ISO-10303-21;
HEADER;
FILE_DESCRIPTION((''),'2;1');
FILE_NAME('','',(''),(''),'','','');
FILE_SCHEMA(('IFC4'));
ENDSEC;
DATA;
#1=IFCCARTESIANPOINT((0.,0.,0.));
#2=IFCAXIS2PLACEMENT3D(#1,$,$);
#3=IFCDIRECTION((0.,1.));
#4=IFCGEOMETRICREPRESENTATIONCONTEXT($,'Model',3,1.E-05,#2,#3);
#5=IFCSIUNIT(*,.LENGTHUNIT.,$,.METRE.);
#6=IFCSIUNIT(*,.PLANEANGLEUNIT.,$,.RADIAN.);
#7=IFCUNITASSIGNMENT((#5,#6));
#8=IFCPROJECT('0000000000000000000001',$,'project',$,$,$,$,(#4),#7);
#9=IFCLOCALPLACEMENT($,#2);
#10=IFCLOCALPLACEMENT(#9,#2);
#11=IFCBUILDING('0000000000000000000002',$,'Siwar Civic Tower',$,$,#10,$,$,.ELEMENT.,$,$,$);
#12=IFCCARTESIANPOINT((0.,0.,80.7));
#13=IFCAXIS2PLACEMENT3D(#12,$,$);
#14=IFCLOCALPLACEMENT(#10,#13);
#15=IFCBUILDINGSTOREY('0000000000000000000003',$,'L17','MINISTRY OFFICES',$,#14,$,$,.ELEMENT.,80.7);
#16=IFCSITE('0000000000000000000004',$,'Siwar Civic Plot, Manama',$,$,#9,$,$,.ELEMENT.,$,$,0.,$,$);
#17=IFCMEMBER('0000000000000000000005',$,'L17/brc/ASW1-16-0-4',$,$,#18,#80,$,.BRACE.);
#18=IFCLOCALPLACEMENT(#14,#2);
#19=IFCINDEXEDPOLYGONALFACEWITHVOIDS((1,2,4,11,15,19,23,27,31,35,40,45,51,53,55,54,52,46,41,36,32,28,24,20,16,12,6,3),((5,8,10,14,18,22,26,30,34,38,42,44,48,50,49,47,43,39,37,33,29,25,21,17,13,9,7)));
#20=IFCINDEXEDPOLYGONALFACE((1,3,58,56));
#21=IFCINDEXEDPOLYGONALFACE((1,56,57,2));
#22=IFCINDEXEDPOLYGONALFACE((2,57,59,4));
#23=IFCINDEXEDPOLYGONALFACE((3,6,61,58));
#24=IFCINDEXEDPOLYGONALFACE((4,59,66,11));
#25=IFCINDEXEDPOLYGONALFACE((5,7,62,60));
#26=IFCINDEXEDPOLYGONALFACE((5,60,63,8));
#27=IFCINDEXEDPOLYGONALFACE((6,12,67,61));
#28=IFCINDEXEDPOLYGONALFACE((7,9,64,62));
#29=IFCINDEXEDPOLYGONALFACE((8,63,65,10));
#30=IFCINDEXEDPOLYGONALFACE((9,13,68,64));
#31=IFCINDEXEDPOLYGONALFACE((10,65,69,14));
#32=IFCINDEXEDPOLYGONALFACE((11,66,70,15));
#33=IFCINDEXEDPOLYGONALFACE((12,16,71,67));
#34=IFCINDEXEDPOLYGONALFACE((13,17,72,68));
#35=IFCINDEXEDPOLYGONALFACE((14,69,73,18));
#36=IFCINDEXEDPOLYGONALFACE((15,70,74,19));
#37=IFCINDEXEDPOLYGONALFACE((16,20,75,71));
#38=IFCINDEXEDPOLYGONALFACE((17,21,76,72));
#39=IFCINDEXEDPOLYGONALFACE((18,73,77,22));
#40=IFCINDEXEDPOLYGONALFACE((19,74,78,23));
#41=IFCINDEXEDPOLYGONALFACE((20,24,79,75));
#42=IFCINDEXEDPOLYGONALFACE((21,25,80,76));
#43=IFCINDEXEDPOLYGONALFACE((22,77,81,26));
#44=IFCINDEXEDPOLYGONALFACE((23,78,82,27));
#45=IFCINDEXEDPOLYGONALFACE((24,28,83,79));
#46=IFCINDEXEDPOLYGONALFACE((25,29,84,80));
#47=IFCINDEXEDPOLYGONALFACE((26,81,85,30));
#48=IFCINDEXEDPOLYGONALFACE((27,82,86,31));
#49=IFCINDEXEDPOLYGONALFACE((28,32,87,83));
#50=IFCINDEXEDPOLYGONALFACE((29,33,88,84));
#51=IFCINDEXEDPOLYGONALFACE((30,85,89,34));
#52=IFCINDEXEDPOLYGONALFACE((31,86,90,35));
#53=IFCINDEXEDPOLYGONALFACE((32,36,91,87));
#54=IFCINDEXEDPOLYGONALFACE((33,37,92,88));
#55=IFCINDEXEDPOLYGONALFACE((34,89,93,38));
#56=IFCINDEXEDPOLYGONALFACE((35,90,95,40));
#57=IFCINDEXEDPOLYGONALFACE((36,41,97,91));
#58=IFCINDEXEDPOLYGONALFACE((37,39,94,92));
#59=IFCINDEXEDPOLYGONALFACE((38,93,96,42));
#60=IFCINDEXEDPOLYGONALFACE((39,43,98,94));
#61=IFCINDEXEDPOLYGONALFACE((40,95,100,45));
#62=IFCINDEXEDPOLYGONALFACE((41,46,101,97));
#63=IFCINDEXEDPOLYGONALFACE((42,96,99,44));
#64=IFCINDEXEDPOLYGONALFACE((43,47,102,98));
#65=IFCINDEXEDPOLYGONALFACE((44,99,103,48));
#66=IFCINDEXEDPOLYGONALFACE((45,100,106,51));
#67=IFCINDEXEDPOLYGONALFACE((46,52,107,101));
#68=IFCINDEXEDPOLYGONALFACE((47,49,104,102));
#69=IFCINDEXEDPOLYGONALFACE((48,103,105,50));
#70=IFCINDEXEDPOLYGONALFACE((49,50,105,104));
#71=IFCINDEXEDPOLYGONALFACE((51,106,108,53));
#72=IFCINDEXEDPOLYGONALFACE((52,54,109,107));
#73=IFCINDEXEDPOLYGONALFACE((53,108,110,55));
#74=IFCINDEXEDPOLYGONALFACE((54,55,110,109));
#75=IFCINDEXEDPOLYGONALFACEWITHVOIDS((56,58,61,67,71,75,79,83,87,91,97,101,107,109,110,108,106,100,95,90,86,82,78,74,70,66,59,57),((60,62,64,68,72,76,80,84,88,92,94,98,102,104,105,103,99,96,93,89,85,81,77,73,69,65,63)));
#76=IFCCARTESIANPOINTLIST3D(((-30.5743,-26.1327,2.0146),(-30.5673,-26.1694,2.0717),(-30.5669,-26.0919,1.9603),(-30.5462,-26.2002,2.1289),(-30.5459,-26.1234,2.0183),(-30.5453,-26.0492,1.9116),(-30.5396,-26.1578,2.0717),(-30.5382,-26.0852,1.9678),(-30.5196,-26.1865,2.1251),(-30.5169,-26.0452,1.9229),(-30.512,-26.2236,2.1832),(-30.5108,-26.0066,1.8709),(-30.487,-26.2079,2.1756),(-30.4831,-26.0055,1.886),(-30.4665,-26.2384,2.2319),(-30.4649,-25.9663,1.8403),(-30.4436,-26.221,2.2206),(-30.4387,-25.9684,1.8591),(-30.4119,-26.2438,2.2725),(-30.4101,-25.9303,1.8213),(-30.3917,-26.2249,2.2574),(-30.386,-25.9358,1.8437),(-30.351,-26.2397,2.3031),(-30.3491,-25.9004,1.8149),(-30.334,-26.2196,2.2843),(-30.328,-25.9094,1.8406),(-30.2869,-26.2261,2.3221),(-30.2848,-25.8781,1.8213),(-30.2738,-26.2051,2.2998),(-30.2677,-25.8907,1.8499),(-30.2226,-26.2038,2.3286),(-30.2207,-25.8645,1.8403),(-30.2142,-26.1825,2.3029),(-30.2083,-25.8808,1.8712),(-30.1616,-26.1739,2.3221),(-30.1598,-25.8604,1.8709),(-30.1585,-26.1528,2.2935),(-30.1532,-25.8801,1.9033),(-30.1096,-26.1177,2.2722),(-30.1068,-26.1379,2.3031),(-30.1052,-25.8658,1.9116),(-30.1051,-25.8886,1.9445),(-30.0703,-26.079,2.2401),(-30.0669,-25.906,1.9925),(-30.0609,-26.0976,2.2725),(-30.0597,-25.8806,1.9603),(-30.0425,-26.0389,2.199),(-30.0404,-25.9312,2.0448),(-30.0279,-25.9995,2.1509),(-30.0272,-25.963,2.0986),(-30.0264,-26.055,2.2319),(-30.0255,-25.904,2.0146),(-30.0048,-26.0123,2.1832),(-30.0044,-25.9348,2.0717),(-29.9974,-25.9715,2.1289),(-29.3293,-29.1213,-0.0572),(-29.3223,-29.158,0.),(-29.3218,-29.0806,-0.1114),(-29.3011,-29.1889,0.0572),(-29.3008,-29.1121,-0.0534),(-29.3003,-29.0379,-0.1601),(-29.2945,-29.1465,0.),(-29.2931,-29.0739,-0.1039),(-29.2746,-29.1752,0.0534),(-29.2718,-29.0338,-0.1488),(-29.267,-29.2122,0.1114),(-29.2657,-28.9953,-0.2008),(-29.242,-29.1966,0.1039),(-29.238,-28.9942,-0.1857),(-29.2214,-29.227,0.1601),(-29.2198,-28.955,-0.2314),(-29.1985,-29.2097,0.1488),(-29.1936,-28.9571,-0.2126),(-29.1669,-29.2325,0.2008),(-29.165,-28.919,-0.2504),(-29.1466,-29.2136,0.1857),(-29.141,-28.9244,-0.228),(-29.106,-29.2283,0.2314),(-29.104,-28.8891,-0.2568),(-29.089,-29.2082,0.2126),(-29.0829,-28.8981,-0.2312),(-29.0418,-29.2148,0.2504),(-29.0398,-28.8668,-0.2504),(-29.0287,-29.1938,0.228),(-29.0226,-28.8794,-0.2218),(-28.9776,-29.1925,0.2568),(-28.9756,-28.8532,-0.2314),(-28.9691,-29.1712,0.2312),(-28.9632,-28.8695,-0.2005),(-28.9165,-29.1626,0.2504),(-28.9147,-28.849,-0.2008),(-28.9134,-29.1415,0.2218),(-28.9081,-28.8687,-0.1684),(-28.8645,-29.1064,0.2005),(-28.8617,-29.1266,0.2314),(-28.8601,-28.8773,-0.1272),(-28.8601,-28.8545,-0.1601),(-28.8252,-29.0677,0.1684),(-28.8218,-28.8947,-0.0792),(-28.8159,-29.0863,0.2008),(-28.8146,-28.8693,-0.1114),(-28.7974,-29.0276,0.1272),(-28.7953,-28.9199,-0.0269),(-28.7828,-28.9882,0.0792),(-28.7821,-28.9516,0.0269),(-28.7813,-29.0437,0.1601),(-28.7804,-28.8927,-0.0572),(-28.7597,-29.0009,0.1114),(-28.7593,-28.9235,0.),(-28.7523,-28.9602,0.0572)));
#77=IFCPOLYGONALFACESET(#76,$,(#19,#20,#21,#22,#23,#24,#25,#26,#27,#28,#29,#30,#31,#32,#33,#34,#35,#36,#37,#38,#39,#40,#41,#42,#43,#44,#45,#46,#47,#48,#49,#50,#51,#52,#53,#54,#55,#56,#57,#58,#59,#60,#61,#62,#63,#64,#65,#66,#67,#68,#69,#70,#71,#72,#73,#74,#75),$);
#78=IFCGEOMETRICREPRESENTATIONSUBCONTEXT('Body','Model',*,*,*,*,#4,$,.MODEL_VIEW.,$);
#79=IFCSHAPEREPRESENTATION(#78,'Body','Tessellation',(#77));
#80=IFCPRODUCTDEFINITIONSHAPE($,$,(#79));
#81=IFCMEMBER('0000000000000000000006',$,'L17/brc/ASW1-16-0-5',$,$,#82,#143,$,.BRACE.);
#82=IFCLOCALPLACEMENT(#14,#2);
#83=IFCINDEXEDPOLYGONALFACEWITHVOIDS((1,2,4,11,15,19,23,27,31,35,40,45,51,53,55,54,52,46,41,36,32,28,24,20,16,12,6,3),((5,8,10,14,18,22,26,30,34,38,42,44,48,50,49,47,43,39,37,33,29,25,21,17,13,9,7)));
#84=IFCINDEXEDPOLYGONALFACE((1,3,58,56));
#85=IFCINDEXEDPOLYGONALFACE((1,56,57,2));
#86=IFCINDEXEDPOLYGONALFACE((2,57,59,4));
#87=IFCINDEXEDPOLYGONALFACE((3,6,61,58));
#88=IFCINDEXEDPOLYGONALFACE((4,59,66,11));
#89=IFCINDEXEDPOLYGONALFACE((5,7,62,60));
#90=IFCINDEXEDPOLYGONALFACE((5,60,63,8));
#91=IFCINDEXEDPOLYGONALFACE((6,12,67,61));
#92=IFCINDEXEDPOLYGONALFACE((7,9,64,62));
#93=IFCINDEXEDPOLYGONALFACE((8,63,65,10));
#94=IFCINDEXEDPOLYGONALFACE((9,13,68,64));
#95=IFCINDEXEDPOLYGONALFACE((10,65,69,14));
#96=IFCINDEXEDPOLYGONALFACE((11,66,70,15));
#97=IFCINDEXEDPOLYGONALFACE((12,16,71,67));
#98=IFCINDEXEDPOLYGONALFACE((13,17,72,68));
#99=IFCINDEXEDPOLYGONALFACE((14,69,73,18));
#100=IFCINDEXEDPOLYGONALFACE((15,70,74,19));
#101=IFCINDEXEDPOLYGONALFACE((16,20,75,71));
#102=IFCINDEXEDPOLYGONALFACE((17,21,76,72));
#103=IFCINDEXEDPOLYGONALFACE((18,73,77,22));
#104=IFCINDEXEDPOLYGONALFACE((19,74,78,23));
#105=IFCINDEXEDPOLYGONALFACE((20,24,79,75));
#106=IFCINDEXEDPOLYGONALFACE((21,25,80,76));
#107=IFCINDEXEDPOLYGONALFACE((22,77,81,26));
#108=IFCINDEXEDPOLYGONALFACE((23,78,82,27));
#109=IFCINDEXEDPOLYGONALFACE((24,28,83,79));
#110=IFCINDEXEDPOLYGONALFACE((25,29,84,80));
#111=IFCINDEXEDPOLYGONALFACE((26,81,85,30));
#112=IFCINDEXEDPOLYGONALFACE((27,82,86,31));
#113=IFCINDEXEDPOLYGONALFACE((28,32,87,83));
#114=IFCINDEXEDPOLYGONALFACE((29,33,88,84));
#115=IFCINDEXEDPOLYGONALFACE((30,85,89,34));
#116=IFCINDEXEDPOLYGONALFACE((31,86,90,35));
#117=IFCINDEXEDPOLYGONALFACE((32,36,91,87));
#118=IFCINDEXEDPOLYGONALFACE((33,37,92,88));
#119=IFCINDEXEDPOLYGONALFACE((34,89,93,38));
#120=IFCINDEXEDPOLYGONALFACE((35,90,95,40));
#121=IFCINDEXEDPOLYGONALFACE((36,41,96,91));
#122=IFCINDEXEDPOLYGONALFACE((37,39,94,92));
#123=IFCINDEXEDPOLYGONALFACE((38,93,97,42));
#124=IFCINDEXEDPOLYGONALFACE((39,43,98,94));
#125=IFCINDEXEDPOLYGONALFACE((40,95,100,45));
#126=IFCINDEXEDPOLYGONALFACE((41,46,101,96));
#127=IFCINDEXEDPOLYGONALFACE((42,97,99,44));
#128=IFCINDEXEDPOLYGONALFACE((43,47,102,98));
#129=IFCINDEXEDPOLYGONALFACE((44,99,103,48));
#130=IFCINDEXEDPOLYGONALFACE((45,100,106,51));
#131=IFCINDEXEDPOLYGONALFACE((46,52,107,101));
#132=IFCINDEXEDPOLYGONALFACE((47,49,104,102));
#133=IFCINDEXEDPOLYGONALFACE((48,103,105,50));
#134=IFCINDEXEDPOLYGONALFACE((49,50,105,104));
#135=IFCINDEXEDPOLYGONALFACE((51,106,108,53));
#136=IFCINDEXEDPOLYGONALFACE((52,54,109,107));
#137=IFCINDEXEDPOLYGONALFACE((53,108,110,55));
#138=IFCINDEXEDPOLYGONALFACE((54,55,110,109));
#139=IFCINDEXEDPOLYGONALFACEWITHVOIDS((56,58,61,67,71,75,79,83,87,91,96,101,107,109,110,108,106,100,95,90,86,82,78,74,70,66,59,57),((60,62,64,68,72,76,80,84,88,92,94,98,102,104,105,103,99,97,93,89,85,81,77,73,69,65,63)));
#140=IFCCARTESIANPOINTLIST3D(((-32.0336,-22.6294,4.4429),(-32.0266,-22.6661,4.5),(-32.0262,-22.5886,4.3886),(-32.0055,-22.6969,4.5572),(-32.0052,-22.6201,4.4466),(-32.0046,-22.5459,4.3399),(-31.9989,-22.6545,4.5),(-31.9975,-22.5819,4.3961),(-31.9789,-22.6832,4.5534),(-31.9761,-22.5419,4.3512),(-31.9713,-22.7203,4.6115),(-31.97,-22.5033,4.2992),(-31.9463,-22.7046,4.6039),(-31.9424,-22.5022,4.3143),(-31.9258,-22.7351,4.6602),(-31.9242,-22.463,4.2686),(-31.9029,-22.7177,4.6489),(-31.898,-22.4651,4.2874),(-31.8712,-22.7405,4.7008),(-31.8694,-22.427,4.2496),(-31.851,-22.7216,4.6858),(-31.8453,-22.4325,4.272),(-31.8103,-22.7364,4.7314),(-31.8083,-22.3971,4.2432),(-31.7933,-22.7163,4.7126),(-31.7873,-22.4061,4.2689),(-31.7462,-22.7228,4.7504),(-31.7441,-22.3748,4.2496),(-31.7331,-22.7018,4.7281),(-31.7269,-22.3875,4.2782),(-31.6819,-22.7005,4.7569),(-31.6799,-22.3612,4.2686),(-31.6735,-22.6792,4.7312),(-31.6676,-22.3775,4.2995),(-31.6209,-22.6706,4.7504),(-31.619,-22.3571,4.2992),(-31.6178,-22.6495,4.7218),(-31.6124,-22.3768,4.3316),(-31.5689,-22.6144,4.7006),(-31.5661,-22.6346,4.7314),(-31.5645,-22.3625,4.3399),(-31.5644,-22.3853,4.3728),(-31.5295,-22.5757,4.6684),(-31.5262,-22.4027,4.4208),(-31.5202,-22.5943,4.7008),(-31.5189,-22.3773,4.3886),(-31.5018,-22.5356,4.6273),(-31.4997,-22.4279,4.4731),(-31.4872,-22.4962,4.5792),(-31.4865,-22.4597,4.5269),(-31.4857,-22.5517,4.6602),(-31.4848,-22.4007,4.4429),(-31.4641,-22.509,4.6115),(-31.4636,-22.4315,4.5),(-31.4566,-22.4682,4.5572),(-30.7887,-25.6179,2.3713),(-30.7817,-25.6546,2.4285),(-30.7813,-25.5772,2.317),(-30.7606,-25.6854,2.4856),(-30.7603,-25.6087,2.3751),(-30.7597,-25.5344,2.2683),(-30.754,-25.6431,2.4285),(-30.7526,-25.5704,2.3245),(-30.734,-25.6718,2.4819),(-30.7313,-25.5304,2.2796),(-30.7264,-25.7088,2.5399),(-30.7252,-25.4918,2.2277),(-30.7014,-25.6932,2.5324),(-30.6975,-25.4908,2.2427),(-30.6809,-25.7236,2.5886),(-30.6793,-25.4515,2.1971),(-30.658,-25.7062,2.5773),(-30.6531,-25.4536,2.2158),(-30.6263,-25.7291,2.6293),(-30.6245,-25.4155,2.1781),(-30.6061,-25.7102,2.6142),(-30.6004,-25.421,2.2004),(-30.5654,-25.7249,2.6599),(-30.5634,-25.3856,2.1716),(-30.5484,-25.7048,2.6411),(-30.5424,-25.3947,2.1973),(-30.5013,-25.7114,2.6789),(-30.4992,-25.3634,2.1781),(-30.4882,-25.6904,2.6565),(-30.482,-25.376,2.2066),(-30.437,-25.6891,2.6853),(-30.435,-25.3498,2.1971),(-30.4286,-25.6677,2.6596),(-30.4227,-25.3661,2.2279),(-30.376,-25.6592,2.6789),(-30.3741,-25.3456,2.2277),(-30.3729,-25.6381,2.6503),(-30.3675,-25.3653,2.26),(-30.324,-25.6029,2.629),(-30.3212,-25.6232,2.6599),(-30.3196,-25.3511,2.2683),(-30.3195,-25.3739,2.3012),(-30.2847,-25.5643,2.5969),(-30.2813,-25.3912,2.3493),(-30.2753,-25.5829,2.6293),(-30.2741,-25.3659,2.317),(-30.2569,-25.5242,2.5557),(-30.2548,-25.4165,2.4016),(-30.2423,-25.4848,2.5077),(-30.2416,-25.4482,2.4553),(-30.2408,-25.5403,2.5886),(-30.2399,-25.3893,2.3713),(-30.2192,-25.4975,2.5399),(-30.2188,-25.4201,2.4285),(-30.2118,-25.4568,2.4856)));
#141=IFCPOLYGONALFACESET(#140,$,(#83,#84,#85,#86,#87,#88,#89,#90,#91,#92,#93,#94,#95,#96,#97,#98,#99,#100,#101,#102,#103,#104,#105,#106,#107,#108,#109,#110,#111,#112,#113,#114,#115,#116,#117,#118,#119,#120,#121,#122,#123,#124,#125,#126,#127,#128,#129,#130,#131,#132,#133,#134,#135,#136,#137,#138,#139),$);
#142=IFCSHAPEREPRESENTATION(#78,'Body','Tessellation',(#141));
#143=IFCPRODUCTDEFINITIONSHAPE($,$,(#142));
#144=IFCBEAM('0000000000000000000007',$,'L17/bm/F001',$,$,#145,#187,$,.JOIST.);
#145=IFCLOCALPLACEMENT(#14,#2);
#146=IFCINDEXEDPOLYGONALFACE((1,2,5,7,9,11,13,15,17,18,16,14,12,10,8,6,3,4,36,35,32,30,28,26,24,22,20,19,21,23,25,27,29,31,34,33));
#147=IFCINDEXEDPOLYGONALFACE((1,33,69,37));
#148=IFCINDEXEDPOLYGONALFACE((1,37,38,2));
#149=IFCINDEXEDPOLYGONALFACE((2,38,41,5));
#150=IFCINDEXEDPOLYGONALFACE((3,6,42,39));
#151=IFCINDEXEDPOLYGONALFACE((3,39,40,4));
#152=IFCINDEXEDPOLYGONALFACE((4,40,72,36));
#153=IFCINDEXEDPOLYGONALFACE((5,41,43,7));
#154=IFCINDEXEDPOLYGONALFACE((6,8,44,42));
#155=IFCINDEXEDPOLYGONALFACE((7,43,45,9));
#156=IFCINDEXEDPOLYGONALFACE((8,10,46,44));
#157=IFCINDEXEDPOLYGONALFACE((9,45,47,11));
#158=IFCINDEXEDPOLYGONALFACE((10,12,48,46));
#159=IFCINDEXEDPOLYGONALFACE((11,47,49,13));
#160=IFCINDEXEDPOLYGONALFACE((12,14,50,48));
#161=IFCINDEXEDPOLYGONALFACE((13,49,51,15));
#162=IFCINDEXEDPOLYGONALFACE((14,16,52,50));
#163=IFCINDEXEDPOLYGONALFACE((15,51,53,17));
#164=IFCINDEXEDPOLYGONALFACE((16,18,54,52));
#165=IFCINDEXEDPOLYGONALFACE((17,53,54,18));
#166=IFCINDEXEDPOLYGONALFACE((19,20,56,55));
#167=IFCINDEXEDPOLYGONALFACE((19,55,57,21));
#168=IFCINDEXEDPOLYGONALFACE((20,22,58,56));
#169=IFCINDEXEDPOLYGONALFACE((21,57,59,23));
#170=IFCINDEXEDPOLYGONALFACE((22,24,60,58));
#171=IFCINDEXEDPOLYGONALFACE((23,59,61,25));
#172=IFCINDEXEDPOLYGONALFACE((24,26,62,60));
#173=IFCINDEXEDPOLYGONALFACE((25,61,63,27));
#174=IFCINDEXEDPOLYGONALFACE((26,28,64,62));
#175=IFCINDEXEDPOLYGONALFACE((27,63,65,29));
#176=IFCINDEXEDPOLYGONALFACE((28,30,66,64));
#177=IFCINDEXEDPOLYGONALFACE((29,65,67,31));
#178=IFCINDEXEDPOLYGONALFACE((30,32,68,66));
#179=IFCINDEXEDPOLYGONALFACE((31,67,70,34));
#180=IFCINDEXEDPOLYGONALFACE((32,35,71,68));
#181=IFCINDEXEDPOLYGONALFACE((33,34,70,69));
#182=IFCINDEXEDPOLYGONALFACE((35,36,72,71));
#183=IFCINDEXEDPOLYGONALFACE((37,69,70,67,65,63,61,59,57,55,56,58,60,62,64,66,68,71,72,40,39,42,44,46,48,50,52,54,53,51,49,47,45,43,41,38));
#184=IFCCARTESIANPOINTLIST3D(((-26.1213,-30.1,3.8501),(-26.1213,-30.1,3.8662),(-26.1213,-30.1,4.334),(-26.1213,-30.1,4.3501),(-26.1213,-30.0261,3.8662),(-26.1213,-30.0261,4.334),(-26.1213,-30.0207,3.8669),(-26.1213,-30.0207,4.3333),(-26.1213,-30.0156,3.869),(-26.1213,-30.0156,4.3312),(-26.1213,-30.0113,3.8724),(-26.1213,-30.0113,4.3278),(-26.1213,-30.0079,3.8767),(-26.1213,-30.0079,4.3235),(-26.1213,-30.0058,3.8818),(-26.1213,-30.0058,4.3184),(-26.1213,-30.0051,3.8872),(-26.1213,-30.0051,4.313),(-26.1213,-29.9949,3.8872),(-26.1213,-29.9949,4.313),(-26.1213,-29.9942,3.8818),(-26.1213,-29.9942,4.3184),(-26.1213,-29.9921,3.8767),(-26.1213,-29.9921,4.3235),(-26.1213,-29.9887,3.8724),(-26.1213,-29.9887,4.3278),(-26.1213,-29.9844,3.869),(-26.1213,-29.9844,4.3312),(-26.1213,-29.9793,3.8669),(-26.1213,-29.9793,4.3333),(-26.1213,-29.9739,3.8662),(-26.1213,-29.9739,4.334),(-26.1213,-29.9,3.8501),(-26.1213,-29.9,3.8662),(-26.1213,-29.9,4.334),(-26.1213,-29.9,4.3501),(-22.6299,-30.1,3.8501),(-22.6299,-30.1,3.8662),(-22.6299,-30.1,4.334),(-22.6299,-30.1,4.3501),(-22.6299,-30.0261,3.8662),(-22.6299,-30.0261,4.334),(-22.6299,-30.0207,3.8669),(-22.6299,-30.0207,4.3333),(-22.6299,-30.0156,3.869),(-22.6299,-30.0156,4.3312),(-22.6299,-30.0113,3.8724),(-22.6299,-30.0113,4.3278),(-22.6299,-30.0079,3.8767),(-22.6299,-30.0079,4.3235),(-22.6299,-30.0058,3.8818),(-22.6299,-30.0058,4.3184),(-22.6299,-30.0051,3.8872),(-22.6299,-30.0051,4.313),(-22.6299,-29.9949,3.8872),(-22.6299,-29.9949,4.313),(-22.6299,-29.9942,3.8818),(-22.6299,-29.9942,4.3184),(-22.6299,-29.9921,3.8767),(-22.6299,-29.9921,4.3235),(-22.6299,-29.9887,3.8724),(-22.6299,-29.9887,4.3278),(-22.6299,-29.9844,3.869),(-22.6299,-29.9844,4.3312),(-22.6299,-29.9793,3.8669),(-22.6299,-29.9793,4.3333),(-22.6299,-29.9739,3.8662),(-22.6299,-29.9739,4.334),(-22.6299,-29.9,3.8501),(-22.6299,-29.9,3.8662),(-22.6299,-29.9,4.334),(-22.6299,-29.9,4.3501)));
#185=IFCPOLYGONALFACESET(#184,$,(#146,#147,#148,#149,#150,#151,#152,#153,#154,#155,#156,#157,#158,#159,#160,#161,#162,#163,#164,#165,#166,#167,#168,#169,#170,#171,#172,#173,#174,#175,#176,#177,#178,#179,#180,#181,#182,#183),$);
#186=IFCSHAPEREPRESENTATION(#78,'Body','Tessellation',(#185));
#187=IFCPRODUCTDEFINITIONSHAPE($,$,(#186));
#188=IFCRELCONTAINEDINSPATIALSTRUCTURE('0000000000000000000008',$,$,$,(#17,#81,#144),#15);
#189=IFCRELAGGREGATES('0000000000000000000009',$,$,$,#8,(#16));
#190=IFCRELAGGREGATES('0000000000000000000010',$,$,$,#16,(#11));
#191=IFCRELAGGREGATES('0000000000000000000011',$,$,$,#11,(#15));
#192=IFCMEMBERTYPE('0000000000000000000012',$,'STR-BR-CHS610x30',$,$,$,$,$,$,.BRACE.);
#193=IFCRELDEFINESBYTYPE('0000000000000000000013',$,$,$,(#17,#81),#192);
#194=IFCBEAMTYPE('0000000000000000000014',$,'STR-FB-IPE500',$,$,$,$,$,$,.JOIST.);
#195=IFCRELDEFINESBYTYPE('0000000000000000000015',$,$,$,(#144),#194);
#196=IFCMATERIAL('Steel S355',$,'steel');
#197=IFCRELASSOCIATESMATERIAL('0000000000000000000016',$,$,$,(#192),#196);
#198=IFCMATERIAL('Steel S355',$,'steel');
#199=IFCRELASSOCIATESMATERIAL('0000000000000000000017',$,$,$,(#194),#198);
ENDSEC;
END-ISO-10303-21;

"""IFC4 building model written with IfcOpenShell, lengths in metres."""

from ifc_helpers import new_model, si_unit, direction, frame, origin, origin_2d, place, context, subcontext, project, spatial, hollow_circle, i_section, extrude, material, material_profile, profile_set, type_object, element, save


model = new_model("IFC4")

# Units and contexts
model_context = context("Model", 3, precision=1e-05, world=origin(), true_north=direction((0.0, 1.0)))
body_context = subcontext(model_context, "Body", "Model", "MODEL_VIEW")
ifc_project = project(units=[si_unit("LENGTHUNIT", "METRE"), si_unit("PLANEANGLEUNIT", "RADIAN")], contexts=[model_context])

# Site, building, storey
site_placement = place(None, origin())
site = spatial("IfcSite", under=ifc_project, at=site_placement, Name="Siwar Civic Plot, Manama", CompositionType="ELEMENT", RefElevation=0.0)
building_placement = place(site_placement, origin())
building = spatial("IfcBuilding", under=site, at=building_placement, Name="Siwar Civic Tower", CompositionType="ELEMENT")
storey_placement = place(building_placement, frame((0.0, 0.0, 80.7)))
storey = spatial("IfcBuildingStorey", under=building, at=storey_placement, Name="L17", Description="MINISTRY OFFICES", CompositionType="ELEMENT", Elevation=80.7)

# Members
ifc_material_1 = material(Name="Steel S355", Category="steel")
ifc_material_profile_1 = material_profile(ifc_material_1, hollow_circle(Radius=0.3049, WallThickness=0.03, at=origin_2d()), Name="CHS610x30")
ifc_profile_set_1 = profile_set([ifc_material_profile_1], Name="Steel S355")
member_type_1 = type_object("IfcMemberType", Name="STR-BR-CHS610x30", PredefinedType="BRACE", material=ifc_profile_set_1)
member_1_placement = place(storey_placement, frame((-29.0408, -29.0408, 0.0), z_axis=(-0.323923, 0.777542, 0.538982), x_axis=(-0.923099, -0.384562, 0.0)))
element("IfcMember", 1, at=member_1_placement, inside=storey, type_object=member_type_1, Name="L17/brc/ASW1-16-0-4", PredefinedType="BRACE", context=body_context, shape_type="SweptSolid", body=[
    extrude(hollow_circle(Radius=0.3049, WallThickness=0.03, at=origin_2d()), origin(), (0.0, 0.0, 1.0), 3.8438),
])
member_2_placement = place(storey_placement, frame((-30.5002, -25.5374, 2.4285), z_axis=(-0.323893, 0.77756, 0.538975), x_axis=(-0.923115, -0.384524, 0.0)))
element("IfcMember", 2, at=member_2_placement, inside=storey, type_object=member_type_1, Name="L17/brc/ASW1-16-0-5", PredefinedType="BRACE", context=body_context, shape_type="SweptSolid", body=[
    extrude(hollow_circle(Radius=0.3049, WallThickness=0.03, at=origin_2d()), origin(), (0.0, 0.0, 1.0), 3.8435),
])

# Beam
ifc_material_2 = material(Name="Steel S355", Category="steel")
ifc_material_profile_2 = material_profile(ifc_material_2, i_section(OverallWidth=0.2, OverallDepth=0.5, WebThickness=0.0103, FlangeThickness=0.0161, FilletRadius=0.021, at=origin_2d()), Name="IPE500")
ifc_profile_set_2 = profile_set([ifc_material_profile_2], Name="Steel S355")
beam_type_1 = type_object("IfcBeamType", Name="STR-FB-IPE500", PredefinedType="JOIST", material=ifc_profile_set_2)
beam_1_placement = place(storey_placement, frame((-26.1213, -30.0, 4.1001), z_axis=(1.0, 0.0, 0.0), x_axis=(0.0, 1.0, 0.0)))
element("IfcBeam", 3, at=beam_1_placement, inside=storey, type_object=beam_type_1, Name="L17/bm/F001", PredefinedType="JOIST", context=body_context, shape_type="SweptSolid", body=[
    extrude(i_section(OverallWidth=0.2, OverallDepth=0.5, WebThickness=0.0103, FlangeThickness=0.0161, FilletRadius=0.021, at=origin_2d()), origin(), (0.0, 0.0, 1.0), 3.4915),
])

save(model, "model.ifc")
